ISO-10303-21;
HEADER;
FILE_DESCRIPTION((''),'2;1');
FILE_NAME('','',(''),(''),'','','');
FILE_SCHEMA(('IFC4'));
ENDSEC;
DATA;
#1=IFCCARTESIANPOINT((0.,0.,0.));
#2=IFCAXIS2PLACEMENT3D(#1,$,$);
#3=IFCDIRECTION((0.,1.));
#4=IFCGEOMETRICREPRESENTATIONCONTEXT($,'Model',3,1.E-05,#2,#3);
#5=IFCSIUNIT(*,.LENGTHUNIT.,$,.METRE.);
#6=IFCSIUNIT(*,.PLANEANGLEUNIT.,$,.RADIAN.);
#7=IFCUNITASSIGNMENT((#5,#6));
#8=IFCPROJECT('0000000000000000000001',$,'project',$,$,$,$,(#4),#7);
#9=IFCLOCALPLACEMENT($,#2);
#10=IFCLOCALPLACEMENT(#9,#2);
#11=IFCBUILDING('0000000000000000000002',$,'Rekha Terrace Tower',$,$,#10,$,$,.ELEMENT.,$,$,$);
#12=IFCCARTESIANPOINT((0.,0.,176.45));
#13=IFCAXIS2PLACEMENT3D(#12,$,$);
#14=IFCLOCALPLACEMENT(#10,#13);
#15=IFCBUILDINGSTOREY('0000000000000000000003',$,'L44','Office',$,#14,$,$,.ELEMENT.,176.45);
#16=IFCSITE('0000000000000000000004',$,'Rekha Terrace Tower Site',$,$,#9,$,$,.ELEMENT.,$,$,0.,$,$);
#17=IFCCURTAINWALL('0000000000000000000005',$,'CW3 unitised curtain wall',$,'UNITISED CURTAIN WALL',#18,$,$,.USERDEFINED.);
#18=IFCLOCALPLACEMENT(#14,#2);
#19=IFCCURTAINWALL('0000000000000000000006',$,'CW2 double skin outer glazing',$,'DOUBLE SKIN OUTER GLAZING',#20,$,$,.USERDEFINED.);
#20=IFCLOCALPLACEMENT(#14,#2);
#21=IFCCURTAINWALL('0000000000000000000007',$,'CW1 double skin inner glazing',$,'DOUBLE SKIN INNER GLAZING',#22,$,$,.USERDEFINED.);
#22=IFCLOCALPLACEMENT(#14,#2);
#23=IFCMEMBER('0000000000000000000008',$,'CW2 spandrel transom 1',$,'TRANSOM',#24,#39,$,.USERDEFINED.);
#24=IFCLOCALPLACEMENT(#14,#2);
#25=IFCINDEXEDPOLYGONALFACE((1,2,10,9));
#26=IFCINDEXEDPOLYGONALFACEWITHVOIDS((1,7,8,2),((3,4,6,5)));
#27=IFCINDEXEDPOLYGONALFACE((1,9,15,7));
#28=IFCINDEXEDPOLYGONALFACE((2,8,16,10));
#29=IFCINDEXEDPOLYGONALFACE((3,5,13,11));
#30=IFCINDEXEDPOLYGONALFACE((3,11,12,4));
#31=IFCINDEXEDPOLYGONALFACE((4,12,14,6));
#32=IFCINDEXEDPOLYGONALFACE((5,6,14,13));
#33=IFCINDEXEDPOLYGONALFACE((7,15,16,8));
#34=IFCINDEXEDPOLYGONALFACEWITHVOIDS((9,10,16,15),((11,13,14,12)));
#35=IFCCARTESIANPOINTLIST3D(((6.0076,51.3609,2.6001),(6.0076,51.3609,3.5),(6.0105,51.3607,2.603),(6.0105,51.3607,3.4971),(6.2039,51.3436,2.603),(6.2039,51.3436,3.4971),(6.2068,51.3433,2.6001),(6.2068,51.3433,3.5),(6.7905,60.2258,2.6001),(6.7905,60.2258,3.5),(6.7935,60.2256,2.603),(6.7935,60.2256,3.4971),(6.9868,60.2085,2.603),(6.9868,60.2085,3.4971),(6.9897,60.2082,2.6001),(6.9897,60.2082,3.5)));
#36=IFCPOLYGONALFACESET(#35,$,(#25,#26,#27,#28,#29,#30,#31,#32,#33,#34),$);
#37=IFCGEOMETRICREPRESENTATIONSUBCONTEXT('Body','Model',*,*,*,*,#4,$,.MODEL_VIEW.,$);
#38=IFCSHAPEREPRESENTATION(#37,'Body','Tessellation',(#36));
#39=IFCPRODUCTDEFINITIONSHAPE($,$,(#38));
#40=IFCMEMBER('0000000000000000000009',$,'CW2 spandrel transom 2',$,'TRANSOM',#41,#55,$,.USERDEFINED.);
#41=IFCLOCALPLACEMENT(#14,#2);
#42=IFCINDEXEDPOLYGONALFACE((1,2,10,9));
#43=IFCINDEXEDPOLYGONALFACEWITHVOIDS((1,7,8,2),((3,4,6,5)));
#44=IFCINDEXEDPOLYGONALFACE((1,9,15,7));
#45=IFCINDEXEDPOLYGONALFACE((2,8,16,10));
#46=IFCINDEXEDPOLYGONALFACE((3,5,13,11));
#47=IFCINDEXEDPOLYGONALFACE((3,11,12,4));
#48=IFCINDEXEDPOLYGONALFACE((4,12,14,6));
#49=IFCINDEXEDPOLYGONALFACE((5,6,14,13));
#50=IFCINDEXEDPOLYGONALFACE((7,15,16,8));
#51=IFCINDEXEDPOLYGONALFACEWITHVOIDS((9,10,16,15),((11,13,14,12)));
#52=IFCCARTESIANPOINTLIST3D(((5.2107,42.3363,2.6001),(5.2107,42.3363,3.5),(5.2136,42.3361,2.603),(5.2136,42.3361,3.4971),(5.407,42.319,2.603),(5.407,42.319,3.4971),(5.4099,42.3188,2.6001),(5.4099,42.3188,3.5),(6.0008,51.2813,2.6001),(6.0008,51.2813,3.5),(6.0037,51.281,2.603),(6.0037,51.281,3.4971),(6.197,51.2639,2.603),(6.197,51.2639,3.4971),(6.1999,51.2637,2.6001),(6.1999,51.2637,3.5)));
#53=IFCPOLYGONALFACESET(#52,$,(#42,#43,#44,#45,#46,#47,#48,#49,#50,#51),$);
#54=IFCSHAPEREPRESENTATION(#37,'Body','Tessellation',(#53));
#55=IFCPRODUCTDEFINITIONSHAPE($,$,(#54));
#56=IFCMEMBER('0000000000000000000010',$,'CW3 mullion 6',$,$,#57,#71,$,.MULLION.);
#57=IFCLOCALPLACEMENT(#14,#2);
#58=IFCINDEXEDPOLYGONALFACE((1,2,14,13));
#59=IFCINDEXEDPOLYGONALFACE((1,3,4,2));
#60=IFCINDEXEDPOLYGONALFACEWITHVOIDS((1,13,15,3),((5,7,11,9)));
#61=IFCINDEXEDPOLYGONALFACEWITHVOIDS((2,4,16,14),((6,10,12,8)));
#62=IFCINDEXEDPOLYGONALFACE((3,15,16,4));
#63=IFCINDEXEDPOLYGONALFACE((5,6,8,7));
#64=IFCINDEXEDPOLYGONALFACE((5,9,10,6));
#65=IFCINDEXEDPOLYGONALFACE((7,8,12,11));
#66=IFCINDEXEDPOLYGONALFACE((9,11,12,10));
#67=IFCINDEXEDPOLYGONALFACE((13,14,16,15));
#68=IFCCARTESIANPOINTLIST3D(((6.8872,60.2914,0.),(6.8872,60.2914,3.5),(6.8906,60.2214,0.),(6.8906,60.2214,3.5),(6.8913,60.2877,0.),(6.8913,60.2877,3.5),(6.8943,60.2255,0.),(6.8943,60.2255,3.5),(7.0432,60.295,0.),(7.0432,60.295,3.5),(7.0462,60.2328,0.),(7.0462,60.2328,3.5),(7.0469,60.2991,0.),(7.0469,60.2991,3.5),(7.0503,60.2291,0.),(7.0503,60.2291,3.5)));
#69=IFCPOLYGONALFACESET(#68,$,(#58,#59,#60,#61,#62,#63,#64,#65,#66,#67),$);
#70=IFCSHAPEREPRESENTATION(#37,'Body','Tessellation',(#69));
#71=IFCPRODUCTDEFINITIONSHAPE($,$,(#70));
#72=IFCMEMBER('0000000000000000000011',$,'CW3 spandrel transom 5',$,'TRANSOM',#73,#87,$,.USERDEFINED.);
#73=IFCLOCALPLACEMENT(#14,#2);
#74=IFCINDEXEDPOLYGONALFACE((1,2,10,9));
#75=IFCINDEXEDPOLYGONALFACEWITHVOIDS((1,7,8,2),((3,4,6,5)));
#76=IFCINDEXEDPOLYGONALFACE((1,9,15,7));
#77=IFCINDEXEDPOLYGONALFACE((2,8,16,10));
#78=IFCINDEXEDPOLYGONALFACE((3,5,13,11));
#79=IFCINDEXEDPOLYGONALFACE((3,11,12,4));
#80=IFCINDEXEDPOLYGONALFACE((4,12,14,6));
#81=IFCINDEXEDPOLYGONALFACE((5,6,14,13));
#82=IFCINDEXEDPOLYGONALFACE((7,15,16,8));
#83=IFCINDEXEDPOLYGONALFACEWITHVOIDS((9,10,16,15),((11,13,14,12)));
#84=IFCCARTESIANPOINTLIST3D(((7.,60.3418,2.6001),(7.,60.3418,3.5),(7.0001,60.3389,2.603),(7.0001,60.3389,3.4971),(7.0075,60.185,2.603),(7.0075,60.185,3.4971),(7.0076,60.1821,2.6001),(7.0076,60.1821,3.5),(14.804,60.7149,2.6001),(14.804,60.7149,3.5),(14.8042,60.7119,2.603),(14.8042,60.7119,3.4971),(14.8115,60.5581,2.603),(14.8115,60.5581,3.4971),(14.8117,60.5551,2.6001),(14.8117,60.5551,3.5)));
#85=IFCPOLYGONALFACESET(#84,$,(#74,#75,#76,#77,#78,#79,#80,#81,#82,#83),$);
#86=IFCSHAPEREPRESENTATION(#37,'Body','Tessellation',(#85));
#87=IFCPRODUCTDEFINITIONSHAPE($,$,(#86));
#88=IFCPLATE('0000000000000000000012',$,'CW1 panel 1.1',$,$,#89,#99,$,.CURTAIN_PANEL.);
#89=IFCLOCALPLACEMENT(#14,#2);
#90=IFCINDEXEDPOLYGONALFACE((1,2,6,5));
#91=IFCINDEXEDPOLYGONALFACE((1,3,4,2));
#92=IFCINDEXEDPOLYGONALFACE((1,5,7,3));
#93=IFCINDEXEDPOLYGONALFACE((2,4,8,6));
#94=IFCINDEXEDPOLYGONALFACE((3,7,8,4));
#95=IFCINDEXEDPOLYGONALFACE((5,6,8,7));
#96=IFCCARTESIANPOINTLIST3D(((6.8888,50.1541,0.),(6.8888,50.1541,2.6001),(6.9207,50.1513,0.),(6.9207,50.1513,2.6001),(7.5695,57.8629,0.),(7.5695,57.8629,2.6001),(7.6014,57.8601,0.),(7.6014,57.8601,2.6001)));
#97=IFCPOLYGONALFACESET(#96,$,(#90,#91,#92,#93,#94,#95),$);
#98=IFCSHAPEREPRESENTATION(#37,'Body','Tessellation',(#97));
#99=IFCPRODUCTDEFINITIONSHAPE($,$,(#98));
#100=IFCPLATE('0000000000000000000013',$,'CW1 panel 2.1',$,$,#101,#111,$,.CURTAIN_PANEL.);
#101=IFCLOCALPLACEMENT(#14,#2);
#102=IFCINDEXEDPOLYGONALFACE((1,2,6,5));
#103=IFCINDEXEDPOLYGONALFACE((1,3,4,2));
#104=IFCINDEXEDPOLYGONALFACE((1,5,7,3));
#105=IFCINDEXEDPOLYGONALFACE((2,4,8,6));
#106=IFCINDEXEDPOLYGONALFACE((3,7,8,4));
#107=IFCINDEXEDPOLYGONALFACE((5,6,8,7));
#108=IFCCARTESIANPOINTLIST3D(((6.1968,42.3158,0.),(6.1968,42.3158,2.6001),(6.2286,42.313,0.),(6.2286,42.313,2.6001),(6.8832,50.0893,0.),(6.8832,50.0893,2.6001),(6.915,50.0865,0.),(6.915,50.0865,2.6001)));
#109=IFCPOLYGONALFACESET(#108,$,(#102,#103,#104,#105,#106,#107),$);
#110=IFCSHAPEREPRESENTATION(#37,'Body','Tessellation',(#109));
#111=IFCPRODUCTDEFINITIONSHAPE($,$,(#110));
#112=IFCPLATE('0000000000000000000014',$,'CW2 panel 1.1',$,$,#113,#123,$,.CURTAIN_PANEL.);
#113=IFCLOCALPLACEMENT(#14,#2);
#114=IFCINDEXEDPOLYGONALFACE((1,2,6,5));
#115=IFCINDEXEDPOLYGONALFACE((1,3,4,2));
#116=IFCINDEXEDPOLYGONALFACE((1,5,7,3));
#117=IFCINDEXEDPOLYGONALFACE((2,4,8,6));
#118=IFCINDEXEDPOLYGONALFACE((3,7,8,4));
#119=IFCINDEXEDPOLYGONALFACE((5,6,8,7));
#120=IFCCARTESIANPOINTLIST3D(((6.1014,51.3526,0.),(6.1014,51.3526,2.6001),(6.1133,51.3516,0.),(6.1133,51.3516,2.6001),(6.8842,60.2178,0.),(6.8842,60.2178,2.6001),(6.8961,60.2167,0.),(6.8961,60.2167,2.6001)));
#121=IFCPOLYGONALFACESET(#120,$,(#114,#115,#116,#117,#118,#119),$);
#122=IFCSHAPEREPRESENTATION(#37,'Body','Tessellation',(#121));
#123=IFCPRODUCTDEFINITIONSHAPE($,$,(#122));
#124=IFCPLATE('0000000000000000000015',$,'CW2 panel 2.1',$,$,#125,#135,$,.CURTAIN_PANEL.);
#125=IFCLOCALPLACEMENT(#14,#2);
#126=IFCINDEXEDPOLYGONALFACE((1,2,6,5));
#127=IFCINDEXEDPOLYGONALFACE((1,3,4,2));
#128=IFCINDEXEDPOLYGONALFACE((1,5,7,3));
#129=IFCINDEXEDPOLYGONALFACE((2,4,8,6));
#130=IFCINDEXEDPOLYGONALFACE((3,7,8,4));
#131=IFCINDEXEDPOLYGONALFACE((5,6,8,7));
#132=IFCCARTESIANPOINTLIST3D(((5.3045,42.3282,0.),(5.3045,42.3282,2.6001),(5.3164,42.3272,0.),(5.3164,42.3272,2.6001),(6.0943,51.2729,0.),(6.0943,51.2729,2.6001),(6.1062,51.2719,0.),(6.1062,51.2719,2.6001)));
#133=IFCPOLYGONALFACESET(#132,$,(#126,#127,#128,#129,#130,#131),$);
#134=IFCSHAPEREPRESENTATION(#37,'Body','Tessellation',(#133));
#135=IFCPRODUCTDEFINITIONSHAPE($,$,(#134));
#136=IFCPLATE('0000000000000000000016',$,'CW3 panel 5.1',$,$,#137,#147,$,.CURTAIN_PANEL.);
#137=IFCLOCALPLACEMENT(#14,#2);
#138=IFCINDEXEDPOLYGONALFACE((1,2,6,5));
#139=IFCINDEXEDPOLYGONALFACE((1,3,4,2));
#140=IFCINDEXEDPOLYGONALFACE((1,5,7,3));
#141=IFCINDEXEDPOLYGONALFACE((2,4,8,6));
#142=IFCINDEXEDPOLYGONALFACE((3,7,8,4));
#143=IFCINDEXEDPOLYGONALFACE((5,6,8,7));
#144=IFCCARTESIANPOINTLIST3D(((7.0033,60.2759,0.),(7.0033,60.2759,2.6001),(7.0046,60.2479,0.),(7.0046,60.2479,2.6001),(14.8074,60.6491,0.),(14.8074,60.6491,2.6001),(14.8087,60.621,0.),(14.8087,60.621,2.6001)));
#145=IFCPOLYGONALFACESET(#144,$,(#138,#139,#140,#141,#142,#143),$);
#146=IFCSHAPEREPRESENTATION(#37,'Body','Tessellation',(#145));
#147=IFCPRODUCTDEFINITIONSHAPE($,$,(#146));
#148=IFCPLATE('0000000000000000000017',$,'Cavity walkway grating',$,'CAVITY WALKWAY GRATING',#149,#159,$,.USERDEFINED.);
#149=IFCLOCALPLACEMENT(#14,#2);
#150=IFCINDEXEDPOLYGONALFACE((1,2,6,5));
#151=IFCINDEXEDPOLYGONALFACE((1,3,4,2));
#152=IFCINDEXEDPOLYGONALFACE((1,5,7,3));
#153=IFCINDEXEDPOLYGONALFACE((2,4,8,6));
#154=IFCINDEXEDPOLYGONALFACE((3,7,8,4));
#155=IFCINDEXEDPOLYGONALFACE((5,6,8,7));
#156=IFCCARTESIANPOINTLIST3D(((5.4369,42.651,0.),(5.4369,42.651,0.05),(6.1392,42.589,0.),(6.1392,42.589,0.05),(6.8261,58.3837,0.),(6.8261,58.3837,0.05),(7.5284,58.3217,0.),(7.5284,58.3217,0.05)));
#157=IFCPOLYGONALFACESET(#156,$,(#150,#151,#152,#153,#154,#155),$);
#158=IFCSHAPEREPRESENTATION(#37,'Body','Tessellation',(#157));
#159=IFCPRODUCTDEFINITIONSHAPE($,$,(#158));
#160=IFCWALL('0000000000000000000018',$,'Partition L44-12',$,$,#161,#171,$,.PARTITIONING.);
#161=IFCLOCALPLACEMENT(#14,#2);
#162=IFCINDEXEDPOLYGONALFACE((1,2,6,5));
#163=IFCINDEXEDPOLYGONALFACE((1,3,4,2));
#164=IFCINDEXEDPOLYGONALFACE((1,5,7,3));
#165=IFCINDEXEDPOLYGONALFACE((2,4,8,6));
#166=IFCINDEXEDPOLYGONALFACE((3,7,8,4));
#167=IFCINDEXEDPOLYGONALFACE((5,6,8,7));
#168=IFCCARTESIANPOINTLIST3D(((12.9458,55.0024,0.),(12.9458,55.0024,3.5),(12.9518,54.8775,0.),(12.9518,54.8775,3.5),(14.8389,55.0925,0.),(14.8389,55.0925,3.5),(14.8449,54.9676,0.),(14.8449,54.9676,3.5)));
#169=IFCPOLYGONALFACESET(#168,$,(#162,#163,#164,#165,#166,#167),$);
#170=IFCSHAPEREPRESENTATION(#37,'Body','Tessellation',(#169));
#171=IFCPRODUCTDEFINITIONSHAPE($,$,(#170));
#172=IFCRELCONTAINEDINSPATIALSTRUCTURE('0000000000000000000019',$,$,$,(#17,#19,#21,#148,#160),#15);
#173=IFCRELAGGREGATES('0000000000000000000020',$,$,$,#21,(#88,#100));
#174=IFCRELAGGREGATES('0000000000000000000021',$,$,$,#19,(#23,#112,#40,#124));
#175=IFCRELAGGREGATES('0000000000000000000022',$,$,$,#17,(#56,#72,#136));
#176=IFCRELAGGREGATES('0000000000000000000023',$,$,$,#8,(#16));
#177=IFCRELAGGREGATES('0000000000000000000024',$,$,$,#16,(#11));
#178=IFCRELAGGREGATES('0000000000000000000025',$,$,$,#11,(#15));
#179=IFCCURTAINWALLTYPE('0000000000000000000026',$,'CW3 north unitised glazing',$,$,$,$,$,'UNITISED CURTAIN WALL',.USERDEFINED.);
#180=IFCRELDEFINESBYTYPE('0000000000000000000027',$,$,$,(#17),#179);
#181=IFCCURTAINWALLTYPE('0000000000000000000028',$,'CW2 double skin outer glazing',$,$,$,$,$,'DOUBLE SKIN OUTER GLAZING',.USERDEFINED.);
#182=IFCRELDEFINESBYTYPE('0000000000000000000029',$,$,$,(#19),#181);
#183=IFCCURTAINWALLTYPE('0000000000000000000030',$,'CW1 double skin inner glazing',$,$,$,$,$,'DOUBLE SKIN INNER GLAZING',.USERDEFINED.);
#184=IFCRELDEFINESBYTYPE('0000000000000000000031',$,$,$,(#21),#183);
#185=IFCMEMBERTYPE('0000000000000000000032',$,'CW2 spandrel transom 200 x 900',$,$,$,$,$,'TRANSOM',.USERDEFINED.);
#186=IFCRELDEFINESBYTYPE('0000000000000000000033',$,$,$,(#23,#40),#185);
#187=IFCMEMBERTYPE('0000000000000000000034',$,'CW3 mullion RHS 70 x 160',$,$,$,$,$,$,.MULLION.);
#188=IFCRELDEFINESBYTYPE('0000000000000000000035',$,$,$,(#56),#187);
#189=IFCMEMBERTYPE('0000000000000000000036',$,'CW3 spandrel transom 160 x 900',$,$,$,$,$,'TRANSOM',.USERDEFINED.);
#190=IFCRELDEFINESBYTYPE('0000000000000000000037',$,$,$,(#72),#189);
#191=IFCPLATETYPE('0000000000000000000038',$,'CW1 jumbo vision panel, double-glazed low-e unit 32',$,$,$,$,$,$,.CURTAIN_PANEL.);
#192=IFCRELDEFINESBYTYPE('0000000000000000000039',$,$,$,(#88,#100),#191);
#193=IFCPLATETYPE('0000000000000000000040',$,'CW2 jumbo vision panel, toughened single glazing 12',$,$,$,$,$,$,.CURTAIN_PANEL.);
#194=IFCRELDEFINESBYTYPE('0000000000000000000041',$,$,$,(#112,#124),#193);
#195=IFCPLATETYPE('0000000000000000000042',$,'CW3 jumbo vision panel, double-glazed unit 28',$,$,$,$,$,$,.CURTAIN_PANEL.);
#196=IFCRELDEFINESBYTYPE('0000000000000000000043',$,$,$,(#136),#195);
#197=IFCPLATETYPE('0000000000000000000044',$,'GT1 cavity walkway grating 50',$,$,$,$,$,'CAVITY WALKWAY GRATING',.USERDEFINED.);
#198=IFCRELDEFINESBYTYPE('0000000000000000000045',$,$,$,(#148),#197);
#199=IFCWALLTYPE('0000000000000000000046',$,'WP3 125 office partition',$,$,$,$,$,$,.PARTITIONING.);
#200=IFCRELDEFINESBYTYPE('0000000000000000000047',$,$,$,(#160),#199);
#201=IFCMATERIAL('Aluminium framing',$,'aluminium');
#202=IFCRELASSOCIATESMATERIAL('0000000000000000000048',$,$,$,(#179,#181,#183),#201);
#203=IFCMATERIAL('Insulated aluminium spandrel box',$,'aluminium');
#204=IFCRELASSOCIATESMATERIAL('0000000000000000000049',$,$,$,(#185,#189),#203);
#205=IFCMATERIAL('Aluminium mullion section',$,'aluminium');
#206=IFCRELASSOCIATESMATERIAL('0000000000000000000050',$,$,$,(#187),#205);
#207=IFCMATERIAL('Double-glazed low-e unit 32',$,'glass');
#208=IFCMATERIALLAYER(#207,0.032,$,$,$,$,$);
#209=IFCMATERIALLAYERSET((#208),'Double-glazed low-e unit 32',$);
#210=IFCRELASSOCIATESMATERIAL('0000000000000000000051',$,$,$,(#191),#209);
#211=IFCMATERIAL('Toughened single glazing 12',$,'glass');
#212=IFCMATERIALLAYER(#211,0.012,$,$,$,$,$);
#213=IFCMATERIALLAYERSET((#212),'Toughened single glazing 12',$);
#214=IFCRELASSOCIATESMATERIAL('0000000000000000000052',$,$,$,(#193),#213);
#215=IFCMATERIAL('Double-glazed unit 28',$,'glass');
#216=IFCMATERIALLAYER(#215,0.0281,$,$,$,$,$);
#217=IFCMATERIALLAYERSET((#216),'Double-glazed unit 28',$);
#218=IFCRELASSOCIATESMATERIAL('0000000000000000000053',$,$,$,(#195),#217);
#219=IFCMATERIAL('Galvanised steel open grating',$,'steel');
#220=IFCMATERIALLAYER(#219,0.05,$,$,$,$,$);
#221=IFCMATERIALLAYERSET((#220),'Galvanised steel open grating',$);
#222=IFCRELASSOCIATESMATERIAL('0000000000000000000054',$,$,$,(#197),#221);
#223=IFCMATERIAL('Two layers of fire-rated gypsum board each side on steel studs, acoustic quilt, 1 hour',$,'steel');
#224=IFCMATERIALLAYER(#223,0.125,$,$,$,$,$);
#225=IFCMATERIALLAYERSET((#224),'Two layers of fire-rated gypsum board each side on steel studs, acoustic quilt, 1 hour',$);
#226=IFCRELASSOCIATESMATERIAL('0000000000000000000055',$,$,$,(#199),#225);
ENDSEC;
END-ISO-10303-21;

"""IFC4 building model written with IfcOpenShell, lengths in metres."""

from ifc_helpers import new_model, si_unit, direction, frame, frame_2d, origin, origin_2d, place, context, subcontext, project, spatial, rectangle, hollow_rectangle, extrude, material, layer, layer_set, material_profile, profile_set, type_object, element, aggregate, save


model = new_model("IFC4")

# Units and contexts
model_context = context("Model", 3, precision=1e-05, world=origin(), true_north=direction((0.0, 1.0)))
body_context = subcontext(model_context, "Body", "Model", "MODEL_VIEW")
ifc_project = project(units=[si_unit("LENGTHUNIT", "METRE"), si_unit("PLANEANGLEUNIT", "RADIAN")], contexts=[model_context])

# Site, building, storey
site_placement = place(None, origin())
site = spatial("IfcSite", under=ifc_project, at=site_placement, Name="Rekha Terrace Tower Site", CompositionType="ELEMENT", RefElevation=0.0)
building_placement = place(site_placement, origin())
building = spatial("IfcBuilding", under=site, at=building_placement, Name="Rekha Terrace Tower", CompositionType="ELEMENT")
storey_placement = place(building_placement, frame((0.0, 0.0, 176.45)))
storey = spatial("IfcBuildingStorey", under=building, at=storey_placement, Name="L44", Description="Office", CompositionType="ELEMENT", Elevation=176.45)

# Curtain walls
ifc_material_1 = material(Name="Aluminium framing", Category="aluminium")
curtain_wall_type_1 = type_object("IfcCurtainWallType", Name="CW3 north unitised glazing", ElementType="UNITISED CURTAIN WALL", PredefinedType="USERDEFINED", material=ifc_material_1)
curtain_wall_1_placement = place(storey_placement, origin())
curtain_wall_1 = element("IfcCurtainWall", 1, at=curtain_wall_1_placement, inside=storey, type_object=curtain_wall_type_1, Name="CW3 unitised curtain wall", ObjectType="UNITISED CURTAIN WALL", PredefinedType="USERDEFINED")
curtain_wall_type_2 = type_object("IfcCurtainWallType", Name="CW2 double skin outer glazing", ElementType="DOUBLE SKIN OUTER GLAZING", PredefinedType="USERDEFINED", material=ifc_material_1)
curtain_wall_2_placement = place(storey_placement, origin())
curtain_wall_2 = element("IfcCurtainWall", 2, at=curtain_wall_2_placement, inside=storey, type_object=curtain_wall_type_2, Name="CW2 double skin outer glazing", ObjectType="DOUBLE SKIN OUTER GLAZING", PredefinedType="USERDEFINED")

# Curtain wall
curtain_wall_type_3 = type_object("IfcCurtainWallType", Name="CW1 double skin inner glazing", ElementType="DOUBLE SKIN INNER GLAZING", PredefinedType="USERDEFINED", material=ifc_material_1)
curtain_wall_3_placement = place(storey_placement, origin())
curtain_wall_3 = element("IfcCurtainWall", 3, at=curtain_wall_3_placement, inside=storey, type_object=curtain_wall_type_3, Name="CW1 double skin inner glazing", ObjectType="DOUBLE SKIN INNER GLAZING", PredefinedType="USERDEFINED")
ifc_material_2 = material(Name="Aluminium mullion section", Category="aluminium")
ifc_material_3 = material(Name="Insulated aluminium spandrel box", Category="aluminium")

# Members
ifc_material_profile_1 = material_profile(ifc_material_3, hollow_rectangle(XDim=0.2, YDim=0.8999, WallThickness=0.0029, at=origin_2d()), Name="AL SPANDREL BOX 200x900")
ifc_profile_set_1 = profile_set([ifc_material_profile_1], Name="Insulated aluminium spandrel box")
member_type_1 = type_object("IfcMemberType", Name="CW2 spandrel transom 200 x 900", ElementType="TRANSOM", PredefinedType="USERDEFINED", material=ifc_profile_set_1)
member_1_placement = place(storey_placement, frame((6.8901, 60.217, 3.05), z_axis=(-0.087978, -0.996122, 0.0), x_axis=(0.996122, -0.087978, 0.0)))
member_1 = element("IfcMember", 4, at=member_1_placement, type_object=member_type_1, Name="CW2 spandrel transom 1", ObjectType="TRANSOM", PredefinedType="USERDEFINED", context=body_context, shape_type="SweptSolid", body=[
    extrude(hollow_rectangle(XDim=0.2, YDim=0.8999, WallThickness=0.0029, at=origin_2d()), origin(), (0.0, 0.0, 1.0), 8.8994),
])
member_2_placement = place(storey_placement, frame((6.1003, 51.2725, 3.05), z_axis=(-0.087981, -0.996122, 0.0), x_axis=(0.996122, -0.087981, 0.0)))
member_2 = element("IfcMember", 5, at=member_2_placement, type_object=member_type_1, Name="CW2 spandrel transom 2", ObjectType="TRANSOM", PredefinedType="USERDEFINED", context=body_context, shape_type="SweptSolid", body=[
    extrude(hollow_rectangle(XDim=0.2, YDim=0.8999, WallThickness=0.0029, at=origin_2d()), origin(), (0.0, 0.0, 1.0), 8.9797),
])
ifc_material_profile_2 = material_profile(ifc_material_2, hollow_rectangle(XDim=0.0701, YDim=0.1599, WallThickness=0.0039, at=origin_2d()), Name="AL RHS 70x160")
ifc_profile_set_2 = profile_set([ifc_material_profile_2], Name="Aluminium mullion section")
member_type_2 = type_object("IfcMemberType", Name="CW3 mullion RHS 70 x 160", PredefinedType="MULLION", material=ifc_profile_set_2)
member_3_placement = place(storey_placement, frame((6.9688, 60.2603, 0.0), z_axis=(0.0, 0.0, 1.0), x_axis=(0.047759, -0.998859, 0.0)))
member_3 = element("IfcMember", 6, at=member_3_placement, type_object=member_type_2, Name="CW3 mullion 6", PredefinedType="MULLION", context=body_context, shape_type="SweptSolid", body=[
    extrude(hollow_rectangle(XDim=0.0701, YDim=0.1599, WallThickness=0.0039, at=origin_2d()), origin(), (0.0, 0.0, 1.0), 3.5),
])
ifc_material_profile_3 = material_profile(ifc_material_3, hollow_rectangle(XDim=0.1599, YDim=0.8999, WallThickness=0.0029, at=origin_2d()), Name="AL SPANDREL BOX 160x900")
ifc_profile_set_3 = profile_set([ifc_material_profile_3], Name="Insulated aluminium spandrel box")
member_type_3 = type_object("IfcMemberType", Name="CW3 spandrel transom 160 x 900", ElementType="TRANSOM", PredefinedType="USERDEFINED", material=ifc_profile_set_3)
member_4_placement = place(storey_placement, frame((14.8079, 60.635, 3.05), z_axis=(-0.998859, -0.047748, 0.0), x_axis=(0.047748, -0.998859, 0.0)))
member_4 = element("IfcMember", 7, at=member_4_placement, type_object=member_type_3, Name="CW3 spandrel transom 5", ObjectType="TRANSOM", PredefinedType="USERDEFINED", context=body_context, shape_type="SweptSolid", body=[
    extrude(hollow_rectangle(XDim=0.1599, YDim=0.8999, WallThickness=0.0029, at=origin_2d()), origin(), (0.0, 0.0, 1.0), 7.813),
])

# Plates
ifc_material_4 = material(Name="Double-glazed low-e unit 32", Category="glass")
ifc_layer_1 = layer(ifc_material_4, 0.032)
ifc_layer_set_1 = layer_set([ifc_layer_1], Name="Double-glazed low-e unit 32")
plate_type_1 = type_object("IfcPlateType", Name="CW1 jumbo vision panel, double-glazed low-e unit 32", PredefinedType="CURTAIN_PANEL", material=ifc_layer_set_1)
plate_1_placement = place(storey_placement, frame((7.2451, 54.0071, 0.0), z_axis=(0.0, 0.0, 1.0), x_axis=(-0.087958, -0.996124, 0.0)))
plate_1 = element("IfcPlate", 8, at=plate_1_placement, type_object=plate_type_1, Name="CW1 panel 1.1", PredefinedType="CURTAIN_PANEL", context=body_context, shape_type="SweptSolid", body=[
    extrude(rectangle(XDim=7.7388, YDim=0.032, at=origin_2d()), origin(), (0.0, 0.0, 1.0), 2.6001),
])
plate_2_placement = place(storey_placement, frame((6.5559, 46.2012, 0.0), z_axis=(0.0, 0.0, 1.0), x_axis=(-0.087958, -0.996124, 0.0)))
plate_2 = element("IfcPlate", 9, at=plate_2_placement, type_object=plate_type_1, Name="CW1 panel 2.1", PredefinedType="CURTAIN_PANEL", context=body_context, shape_type="SweptSolid", body=[
    extrude(rectangle(XDim=7.8037, YDim=0.032, at=origin_2d()), origin(), (0.0, 0.0, 1.0), 2.6001),
])
aggregate(curtain_wall_3, [plate_1, plate_2])
ifc_material_5 = material(Name="Toughened single glazing 12", Category="glass")
ifc_layer_2 = layer(ifc_material_5, 0.012)
ifc_layer_set_2 = layer_set([ifc_layer_2], Name="Toughened single glazing 12")
plate_type_2 = type_object("IfcPlateType", Name="CW2 jumbo vision panel, toughened single glazing 12", PredefinedType="CURTAIN_PANEL", material=ifc_layer_set_2)
plate_3_placement = place(storey_placement, frame((6.4988, 55.7847, 0.0), z_axis=(0.0, 0.0, 1.0), x_axis=(-0.087958, -0.996124, 0.0)))
plate_3 = element("IfcPlate", 10, at=plate_3_placement, type_object=plate_type_2, Name="CW2 panel 1.1", PredefinedType="CURTAIN_PANEL", context=body_context, shape_type="SweptSolid", body=[
    extrude(rectangle(XDim=8.8997, YDim=0.012, at=origin_2d()), origin(), (0.0, 0.0, 1.0), 2.6001),
])
plate_4_placement = place(storey_placement, frame((5.7053, 46.8, 0.0), z_axis=(0.0, 0.0, 1.0), x_axis=(-0.087958, -0.996124, 0.0)))
plate_4 = element("IfcPlate", 11, at=plate_4_placement, type_object=plate_type_2, Name="CW2 panel 2.1", PredefinedType="CURTAIN_PANEL", context=body_context, shape_type="SweptSolid", body=[
    extrude(rectangle(XDim=8.9795, YDim=0.012, at=origin_2d()), origin(), (0.0, 0.0, 1.0), 2.6001),
])
aggregate(curtain_wall_2, [member_1, plate_3, member_2, plate_4])
ifc_material_6 = material(Name="Double-glazed unit 28", Category="glass")
ifc_layer_3 = layer(ifc_material_6, 0.0281)
ifc_layer_set_3 = layer_set([ifc_layer_3], Name="Double-glazed unit 28")
plate_type_3 = type_object("IfcPlateType", Name="CW3 jumbo vision panel, double-glazed unit 28", PredefinedType="CURTAIN_PANEL", material=ifc_layer_set_3)
plate_5_placement = place(storey_placement, frame((10.906, 60.4485, 0.0), z_axis=(0.0, 0.0, 1.0), x_axis=(-0.998859, -0.047759, 0.0)))
plate_5 = element("IfcPlate", 12, at=plate_5_placement, type_object=plate_type_3, Name="CW3 panel 5.1", PredefinedType="CURTAIN_PANEL", context=body_context, shape_type="SweptSolid", body=[
    extrude(rectangle(XDim=7.813, YDim=0.0281, at=origin_2d()), origin(), (0.0, 0.0, 1.0), 2.6001),
])
aggregate(curtain_wall_1, [member_3, member_4, plate_5])
ifc_material_7 = material(Name="Galvanised steel open grating", Category="steel")
ifc_layer_4 = layer(ifc_material_7, 0.05)
ifc_layer_set_4 = layer_set([ifc_layer_4], Name="Galvanised steel open grating")
plate_type_4 = type_object("IfcPlateType", Name="GT1 cavity walkway grating 50", ElementType="CAVITY WALKWAY GRATING", PredefinedType="USERDEFINED", material=ifc_layer_set_4)
plate_6_placement = place(storey_placement, frame((6.4827, 50.4863, 0.0), z_axis=(0.0, 0.0, 1.0), x_axis=(-0.087958, -0.996124, 0.0)))
element("IfcPlate", 13, at=plate_6_placement, inside=storey, type_object=plate_type_4, Name="Cavity walkway grating", ObjectType="CAVITY WALKWAY GRATING", PredefinedType="USERDEFINED", context=body_context, shape_type="SweptSolid", body=[
    extrude(rectangle(XDim=15.7939, YDim=0.7051, at=origin_2d()), origin(), (0.0, 0.0, 1.0), 0.05),
])

# Wall
ifc_material_8 = material(Name="Two layers of fire-rated gypsum board each side on steel studs, acoustic quilt, 1 hour", Category="steel")
ifc_layer_5 = layer(ifc_material_8, 0.125)
ifc_layer_set_5 = layer_set([ifc_layer_5], Name="Two layers of fire-rated gypsum board each side on steel studs, acoustic quilt, 1 hour")
wall_type = type_object("IfcWallType", Name="WP3 125 office partition", PredefinedType="PARTITIONING", material=ifc_layer_set_5)
wall_1_placement = place(storey_placement, frame((14.842, 55.03, 0.0), z_axis=(0.0, 0.0, 1.0), x_axis=(-0.99887, -0.047535, 0.0)))
element("IfcWall", 14, at=wall_1_placement, inside=storey, type_object=wall_type, Name="Partition L44-12", PredefinedType="PARTITIONING", context=body_context, shape_type="SweptSolid", body=[
    extrude(rectangle(XDim=1.8953, YDim=0.125, at=frame_2d((0.9478, 0.0))), origin(), (0.0, 0.0, 1.0), 3.5),
])

save(model, "model.ifc")
